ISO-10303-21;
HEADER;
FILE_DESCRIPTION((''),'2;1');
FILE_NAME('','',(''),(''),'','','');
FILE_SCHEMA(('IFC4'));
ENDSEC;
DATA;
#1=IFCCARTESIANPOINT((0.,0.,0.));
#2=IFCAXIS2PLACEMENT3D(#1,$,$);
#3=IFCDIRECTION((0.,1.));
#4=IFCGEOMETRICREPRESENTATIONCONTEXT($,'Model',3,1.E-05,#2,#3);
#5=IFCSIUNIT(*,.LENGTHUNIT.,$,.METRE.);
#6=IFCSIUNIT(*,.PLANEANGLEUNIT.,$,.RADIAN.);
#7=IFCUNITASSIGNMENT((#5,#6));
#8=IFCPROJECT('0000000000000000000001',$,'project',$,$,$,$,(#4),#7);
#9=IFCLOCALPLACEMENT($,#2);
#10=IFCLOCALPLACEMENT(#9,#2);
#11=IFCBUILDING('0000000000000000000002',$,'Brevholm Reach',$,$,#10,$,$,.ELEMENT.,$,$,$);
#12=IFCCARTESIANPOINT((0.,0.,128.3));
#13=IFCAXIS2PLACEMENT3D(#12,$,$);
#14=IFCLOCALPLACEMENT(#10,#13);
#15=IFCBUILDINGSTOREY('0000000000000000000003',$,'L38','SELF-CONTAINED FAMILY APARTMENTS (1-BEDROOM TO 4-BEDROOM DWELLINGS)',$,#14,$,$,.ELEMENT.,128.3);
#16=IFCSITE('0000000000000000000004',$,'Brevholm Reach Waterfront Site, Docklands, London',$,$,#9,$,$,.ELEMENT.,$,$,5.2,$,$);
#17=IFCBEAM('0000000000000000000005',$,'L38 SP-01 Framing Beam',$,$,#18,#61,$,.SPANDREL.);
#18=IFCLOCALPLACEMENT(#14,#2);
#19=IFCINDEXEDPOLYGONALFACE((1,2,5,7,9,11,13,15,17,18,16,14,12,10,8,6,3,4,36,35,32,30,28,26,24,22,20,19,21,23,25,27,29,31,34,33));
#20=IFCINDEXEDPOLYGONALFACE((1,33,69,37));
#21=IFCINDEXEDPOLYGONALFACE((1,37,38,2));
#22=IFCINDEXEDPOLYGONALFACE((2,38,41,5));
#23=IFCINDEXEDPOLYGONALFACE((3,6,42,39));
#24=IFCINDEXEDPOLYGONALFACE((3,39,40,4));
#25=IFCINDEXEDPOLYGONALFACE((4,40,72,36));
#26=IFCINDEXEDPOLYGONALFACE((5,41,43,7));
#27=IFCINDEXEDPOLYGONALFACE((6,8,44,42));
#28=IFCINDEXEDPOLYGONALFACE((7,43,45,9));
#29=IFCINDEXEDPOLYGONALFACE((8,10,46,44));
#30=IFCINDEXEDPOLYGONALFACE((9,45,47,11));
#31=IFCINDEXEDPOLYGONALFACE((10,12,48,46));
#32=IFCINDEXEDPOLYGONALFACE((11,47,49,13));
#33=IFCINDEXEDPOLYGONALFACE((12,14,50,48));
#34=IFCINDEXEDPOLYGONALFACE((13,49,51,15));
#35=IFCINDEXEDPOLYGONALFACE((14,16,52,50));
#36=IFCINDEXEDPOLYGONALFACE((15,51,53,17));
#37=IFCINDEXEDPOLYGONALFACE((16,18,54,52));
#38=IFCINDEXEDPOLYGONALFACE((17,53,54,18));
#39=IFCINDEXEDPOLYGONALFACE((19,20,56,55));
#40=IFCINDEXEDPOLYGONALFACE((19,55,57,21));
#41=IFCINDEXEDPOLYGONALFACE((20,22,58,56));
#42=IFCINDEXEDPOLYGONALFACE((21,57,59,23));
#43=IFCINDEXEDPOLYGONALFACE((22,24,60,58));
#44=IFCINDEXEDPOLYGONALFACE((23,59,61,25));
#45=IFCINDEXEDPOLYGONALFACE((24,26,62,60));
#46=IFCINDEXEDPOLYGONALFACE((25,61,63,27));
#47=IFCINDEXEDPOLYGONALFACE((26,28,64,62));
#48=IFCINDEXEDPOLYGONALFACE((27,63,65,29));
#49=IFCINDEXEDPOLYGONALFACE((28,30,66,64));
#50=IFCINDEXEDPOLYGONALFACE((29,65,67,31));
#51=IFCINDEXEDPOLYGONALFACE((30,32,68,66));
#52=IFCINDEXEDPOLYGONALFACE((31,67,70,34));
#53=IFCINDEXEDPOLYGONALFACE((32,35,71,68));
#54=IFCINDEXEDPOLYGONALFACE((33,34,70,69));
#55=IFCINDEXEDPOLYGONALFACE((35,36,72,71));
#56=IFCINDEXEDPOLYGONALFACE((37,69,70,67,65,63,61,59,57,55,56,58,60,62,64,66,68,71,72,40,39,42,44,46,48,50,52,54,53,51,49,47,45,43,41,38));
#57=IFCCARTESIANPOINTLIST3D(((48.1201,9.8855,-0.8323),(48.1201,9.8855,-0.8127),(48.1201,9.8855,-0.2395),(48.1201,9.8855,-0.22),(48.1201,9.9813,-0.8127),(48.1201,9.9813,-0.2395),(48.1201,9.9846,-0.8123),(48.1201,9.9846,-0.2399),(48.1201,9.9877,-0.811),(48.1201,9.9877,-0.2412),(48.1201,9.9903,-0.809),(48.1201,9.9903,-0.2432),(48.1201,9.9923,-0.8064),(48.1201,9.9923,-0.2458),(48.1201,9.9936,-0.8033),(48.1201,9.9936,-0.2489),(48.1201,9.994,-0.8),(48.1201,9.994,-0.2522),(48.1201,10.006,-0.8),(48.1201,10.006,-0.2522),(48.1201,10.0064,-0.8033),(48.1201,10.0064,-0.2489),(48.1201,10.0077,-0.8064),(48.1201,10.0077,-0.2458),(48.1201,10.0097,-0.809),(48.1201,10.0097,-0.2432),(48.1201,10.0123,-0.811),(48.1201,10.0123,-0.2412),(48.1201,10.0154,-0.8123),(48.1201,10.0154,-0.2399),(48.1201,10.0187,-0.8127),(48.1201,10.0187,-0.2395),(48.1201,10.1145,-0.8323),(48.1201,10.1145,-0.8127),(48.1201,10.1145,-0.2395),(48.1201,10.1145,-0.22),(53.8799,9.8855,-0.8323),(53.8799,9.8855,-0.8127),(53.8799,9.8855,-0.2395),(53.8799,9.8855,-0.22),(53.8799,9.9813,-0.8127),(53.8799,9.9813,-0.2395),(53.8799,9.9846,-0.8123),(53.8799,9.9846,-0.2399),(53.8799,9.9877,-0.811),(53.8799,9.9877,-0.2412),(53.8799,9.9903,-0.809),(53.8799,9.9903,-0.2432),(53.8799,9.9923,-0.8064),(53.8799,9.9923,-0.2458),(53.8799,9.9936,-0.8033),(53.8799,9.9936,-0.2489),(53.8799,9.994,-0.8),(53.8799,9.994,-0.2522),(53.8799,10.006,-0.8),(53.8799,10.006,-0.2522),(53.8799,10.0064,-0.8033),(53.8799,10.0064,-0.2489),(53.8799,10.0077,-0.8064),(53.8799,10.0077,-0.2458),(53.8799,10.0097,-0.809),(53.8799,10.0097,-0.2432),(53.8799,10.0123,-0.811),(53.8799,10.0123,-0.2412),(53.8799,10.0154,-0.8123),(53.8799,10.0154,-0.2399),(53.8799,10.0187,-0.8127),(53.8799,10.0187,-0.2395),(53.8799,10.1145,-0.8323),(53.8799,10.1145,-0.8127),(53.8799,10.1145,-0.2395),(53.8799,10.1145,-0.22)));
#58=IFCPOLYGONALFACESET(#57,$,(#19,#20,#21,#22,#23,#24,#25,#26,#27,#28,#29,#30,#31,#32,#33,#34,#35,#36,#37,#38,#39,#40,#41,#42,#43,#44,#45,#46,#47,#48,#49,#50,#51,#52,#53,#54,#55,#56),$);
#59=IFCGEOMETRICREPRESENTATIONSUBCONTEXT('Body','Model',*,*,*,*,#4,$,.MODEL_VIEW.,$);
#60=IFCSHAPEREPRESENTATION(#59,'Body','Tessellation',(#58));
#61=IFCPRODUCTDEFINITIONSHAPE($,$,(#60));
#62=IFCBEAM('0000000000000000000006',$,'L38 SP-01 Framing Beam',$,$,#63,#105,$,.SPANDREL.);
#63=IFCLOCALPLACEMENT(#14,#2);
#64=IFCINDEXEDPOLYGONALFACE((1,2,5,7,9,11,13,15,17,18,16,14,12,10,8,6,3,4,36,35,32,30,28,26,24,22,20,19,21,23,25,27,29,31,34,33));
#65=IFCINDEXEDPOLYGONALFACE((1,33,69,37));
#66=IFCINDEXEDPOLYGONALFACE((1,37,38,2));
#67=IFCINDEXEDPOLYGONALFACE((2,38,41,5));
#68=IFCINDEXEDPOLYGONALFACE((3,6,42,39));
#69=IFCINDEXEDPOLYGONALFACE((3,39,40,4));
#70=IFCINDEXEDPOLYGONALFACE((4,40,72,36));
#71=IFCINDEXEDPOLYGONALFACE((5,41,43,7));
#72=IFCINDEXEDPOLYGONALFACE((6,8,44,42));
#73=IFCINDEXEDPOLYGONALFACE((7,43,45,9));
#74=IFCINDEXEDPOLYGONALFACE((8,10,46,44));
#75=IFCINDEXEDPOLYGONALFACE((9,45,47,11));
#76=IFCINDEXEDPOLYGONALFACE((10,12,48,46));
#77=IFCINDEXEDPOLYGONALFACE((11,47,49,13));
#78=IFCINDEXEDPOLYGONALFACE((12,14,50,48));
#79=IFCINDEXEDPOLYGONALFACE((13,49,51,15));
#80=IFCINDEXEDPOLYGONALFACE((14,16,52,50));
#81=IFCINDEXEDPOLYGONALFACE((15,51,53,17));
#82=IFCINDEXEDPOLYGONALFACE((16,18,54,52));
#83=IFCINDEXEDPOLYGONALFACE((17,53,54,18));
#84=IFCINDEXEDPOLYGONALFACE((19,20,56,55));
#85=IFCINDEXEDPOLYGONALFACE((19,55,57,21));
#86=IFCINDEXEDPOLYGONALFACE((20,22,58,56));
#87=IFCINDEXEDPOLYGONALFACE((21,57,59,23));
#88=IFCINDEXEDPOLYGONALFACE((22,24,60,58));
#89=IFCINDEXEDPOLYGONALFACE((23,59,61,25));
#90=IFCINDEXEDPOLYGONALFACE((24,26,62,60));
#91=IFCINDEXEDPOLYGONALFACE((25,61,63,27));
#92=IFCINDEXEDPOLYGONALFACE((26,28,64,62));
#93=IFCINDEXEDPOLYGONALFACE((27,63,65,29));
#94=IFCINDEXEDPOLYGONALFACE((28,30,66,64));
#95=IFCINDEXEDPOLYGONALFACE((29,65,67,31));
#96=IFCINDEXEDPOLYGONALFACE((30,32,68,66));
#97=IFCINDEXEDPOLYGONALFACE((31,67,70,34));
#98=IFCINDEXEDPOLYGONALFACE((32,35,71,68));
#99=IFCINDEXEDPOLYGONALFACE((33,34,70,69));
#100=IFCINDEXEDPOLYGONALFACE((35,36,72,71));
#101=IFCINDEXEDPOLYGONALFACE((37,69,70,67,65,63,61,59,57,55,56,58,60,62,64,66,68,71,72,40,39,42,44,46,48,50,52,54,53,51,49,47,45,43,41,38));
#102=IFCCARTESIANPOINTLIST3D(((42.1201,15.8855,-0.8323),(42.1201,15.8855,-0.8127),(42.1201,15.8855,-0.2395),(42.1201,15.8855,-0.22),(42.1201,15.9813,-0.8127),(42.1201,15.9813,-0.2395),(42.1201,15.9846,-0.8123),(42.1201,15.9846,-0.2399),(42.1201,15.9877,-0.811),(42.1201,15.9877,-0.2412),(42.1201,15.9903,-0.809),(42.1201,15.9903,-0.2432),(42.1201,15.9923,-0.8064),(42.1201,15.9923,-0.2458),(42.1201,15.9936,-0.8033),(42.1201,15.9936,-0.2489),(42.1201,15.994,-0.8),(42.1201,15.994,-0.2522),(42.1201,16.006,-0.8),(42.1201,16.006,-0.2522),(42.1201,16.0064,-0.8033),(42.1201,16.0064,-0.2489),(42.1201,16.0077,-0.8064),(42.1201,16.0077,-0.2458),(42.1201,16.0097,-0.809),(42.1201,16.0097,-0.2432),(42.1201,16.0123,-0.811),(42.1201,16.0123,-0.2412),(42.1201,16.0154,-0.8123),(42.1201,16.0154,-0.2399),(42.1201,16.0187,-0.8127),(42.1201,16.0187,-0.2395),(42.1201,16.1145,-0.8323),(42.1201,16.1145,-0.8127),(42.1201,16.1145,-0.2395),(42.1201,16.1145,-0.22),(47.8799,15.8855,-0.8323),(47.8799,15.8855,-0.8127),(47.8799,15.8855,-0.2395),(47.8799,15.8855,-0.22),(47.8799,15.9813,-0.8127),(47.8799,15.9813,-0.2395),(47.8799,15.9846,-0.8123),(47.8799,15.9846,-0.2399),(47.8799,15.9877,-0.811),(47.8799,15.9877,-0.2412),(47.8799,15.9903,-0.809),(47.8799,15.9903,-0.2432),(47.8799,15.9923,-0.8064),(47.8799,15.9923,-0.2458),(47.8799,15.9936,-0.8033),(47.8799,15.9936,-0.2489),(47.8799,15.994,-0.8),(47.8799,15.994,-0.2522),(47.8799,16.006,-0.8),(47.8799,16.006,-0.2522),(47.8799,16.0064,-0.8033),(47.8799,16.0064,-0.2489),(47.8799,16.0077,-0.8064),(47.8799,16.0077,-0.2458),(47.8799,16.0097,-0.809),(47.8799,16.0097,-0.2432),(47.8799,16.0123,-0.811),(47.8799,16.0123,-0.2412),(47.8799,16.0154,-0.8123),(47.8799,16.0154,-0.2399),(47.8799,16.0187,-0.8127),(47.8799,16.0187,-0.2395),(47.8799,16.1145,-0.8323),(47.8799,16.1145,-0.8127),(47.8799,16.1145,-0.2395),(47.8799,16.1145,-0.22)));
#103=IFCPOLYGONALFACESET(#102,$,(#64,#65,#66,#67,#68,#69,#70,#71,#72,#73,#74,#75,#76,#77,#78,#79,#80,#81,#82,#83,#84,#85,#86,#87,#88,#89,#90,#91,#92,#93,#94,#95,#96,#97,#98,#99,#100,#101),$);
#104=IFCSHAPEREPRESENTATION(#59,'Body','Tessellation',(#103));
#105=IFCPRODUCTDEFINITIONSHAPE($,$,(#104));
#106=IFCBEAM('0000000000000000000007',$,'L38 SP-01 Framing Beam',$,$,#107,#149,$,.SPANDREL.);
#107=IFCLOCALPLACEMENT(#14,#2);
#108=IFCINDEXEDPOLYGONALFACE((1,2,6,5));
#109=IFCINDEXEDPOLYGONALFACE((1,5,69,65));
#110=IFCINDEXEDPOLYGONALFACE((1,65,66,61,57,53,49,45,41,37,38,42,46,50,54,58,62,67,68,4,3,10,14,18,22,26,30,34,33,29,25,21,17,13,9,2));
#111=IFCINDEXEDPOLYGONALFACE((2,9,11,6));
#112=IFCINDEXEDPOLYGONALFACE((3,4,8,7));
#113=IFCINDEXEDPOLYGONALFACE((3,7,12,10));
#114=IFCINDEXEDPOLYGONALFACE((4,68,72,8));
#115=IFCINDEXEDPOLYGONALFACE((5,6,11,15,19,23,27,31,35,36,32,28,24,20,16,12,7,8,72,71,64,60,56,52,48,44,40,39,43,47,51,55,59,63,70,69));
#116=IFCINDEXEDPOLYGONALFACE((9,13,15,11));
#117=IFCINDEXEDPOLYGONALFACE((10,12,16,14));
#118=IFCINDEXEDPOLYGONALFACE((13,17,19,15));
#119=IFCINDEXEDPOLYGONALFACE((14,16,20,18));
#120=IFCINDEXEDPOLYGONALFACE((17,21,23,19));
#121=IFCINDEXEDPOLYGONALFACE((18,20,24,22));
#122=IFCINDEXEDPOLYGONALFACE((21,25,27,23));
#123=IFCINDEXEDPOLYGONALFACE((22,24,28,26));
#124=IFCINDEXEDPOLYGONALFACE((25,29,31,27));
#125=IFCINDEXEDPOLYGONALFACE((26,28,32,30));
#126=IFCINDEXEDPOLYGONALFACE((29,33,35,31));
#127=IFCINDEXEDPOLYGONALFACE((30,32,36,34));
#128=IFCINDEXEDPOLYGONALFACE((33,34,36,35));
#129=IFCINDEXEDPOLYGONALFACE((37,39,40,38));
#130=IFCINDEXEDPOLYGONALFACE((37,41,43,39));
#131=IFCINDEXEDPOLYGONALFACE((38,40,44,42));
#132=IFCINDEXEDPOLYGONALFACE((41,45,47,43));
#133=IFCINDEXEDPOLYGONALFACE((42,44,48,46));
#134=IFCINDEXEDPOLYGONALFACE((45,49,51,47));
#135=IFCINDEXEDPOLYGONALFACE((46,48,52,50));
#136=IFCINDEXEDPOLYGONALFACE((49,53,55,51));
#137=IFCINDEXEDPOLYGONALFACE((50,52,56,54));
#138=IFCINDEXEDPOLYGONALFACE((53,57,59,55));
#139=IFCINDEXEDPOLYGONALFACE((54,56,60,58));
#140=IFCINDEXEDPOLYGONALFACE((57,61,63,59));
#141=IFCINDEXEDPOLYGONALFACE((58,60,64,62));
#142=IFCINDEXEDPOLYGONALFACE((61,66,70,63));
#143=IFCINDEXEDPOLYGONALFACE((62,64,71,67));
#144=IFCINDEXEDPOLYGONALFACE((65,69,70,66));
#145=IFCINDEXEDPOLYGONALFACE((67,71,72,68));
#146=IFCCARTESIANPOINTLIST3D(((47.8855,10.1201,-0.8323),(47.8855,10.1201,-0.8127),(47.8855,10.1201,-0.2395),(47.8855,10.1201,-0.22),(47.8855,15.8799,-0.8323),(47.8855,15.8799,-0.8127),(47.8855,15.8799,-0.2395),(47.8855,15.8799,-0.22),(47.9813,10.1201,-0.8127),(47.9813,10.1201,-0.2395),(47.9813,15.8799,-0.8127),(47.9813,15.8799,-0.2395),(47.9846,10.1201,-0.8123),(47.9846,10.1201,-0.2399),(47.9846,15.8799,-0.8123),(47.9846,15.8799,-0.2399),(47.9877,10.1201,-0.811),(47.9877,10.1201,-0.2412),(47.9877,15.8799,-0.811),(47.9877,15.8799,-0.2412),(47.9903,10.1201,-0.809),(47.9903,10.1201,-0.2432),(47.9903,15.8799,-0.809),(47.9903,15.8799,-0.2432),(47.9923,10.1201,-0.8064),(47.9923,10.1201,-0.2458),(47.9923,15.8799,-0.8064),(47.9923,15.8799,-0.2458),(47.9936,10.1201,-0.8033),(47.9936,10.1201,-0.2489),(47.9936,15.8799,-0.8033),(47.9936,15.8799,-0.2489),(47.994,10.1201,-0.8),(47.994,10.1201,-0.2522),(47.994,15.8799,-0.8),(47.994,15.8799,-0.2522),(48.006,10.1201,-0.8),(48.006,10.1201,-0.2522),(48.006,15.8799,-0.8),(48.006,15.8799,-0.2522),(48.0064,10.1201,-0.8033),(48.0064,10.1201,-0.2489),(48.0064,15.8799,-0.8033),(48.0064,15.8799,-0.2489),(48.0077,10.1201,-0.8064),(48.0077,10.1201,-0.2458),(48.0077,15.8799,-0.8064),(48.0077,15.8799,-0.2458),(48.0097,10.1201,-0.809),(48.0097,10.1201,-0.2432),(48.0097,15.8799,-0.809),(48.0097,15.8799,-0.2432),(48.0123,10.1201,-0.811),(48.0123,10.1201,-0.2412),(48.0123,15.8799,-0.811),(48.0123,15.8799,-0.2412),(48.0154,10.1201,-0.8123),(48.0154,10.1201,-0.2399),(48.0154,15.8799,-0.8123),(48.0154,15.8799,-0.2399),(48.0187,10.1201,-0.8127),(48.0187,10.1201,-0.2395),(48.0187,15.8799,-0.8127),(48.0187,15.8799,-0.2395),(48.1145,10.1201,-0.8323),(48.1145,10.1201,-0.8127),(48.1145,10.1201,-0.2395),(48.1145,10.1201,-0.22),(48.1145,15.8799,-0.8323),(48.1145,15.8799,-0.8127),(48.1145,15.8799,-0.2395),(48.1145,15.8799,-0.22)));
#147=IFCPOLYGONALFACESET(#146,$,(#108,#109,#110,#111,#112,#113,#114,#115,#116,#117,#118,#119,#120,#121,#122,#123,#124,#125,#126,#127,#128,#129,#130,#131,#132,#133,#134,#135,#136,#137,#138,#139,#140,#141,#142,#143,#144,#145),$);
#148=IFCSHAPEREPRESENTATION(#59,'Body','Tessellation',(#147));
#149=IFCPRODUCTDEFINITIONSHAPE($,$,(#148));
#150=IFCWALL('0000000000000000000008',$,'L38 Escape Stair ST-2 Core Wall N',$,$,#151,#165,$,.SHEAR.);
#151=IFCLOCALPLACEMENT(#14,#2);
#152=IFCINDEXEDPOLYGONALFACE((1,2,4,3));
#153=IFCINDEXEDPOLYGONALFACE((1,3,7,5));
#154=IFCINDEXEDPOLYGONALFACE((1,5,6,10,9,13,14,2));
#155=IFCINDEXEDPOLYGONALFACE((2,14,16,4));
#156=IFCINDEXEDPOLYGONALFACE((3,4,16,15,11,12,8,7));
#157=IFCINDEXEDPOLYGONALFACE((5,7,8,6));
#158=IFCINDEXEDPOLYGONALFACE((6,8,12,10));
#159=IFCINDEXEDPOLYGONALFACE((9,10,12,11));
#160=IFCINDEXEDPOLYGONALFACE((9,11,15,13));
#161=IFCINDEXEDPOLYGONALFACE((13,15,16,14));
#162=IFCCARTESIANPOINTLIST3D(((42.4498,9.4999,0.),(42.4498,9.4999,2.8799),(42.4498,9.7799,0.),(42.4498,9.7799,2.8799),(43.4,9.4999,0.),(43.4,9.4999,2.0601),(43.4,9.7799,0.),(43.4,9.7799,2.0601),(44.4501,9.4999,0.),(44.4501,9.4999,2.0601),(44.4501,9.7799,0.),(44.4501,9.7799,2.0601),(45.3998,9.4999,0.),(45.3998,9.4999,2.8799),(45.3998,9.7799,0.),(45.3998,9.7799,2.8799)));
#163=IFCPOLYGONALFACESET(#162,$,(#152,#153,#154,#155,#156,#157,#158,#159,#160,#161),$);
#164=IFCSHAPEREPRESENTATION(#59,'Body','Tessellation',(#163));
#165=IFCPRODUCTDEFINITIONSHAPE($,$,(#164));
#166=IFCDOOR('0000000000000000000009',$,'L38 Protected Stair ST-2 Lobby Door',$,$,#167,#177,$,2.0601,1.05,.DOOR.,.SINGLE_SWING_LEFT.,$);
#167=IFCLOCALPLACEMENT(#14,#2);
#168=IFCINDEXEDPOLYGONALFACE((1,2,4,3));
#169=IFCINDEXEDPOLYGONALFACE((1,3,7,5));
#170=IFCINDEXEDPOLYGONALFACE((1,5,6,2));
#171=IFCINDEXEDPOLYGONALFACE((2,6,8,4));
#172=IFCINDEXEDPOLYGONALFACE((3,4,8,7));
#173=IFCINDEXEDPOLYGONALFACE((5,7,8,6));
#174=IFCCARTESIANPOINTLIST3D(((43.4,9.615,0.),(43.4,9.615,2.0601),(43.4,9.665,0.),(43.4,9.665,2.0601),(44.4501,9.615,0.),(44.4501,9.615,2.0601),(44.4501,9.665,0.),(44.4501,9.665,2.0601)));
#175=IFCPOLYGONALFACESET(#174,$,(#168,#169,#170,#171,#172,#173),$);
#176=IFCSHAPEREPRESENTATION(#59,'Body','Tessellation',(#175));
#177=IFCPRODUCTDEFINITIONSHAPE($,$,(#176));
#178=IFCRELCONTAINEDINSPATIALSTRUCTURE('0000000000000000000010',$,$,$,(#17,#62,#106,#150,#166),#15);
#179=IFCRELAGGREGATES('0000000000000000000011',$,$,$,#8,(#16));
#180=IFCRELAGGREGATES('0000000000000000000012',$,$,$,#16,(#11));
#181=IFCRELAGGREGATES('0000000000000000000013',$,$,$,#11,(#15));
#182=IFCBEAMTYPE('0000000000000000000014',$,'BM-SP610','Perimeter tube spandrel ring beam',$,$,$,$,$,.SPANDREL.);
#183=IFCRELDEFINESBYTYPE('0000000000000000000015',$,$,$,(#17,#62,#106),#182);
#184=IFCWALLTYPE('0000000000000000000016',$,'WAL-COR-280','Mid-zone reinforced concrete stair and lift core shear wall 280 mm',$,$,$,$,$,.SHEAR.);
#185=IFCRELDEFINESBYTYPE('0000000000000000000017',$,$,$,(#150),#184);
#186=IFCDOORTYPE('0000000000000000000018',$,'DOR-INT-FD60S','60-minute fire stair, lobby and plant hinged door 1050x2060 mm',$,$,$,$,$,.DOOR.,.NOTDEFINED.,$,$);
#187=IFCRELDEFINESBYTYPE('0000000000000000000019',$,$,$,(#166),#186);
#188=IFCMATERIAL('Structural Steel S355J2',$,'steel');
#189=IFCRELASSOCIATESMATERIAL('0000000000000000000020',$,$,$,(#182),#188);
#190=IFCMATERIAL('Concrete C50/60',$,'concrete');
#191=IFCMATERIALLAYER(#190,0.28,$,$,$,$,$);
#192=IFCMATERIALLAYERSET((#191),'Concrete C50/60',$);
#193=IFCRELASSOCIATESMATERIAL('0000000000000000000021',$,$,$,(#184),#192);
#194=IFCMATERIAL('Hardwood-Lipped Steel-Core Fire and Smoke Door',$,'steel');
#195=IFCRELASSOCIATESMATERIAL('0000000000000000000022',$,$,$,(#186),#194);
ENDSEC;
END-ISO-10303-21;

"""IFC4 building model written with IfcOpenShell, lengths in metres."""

from ifc_helpers import new_model, si_unit, direction, frame, frame_2d, origin, origin_2d, place, context, subcontext, project, spatial, rectangle, i_section, extrude, material, layer, layer_set, material_profile, profile_set, type_object, element, fill, save


model = new_model("IFC4")

# Units and contexts
model_context = context("Model", 3, precision=1e-05, world=origin(), true_north=direction((0.0, 1.0)))
body_context = subcontext(model_context, "Body", "Model", "MODEL_VIEW")
ifc_project = project(units=[si_unit("LENGTHUNIT", "METRE"), si_unit("PLANEANGLEUNIT", "RADIAN")], contexts=[model_context])

# Site, building, storey
site_placement = place(None, origin())
site = spatial("IfcSite", under=ifc_project, at=site_placement, Name="Brevholm Reach Waterfront Site, Docklands, London", CompositionType="ELEMENT", RefElevation=5.2)
building_placement = place(site_placement, origin())
building = spatial("IfcBuilding", under=site, at=building_placement, Name="Brevholm Reach", CompositionType="ELEMENT")
storey_placement = place(building_placement, frame((0.0, 0.0, 128.3)))
storey = spatial("IfcBuildingStorey", under=building, at=storey_placement, Name="L38", Description="SELF-CONTAINED FAMILY APARTMENTS (1-BEDROOM TO 4-BEDROOM DWELLINGS)", CompositionType="ELEMENT", Elevation=128.3)

# Beams
ifc_material_1 = material(Name="Structural Steel S355J2", Category="steel")
ifc_material_profile_1 = material_profile(ifc_material_1, i_section(OverallWidth=0.229, OverallDepth=0.6123, WebThickness=0.012, FlangeThickness=0.0195, FilletRadius=0.0127, at=origin_2d()), Name="UKB 610x229x125")
ifc_profile_set_1 = profile_set([ifc_material_profile_1], Name="Structural Steel S355J2")
beam_type = type_object("IfcBeamType", Name="BM-SP610", Description="Perimeter tube spandrel ring beam", PredefinedType="SPANDREL", material=ifc_profile_set_1)
for number, where, z_axis, x_axis, name in (
    (1, (48.1201, 10.0, -0.5261), (1.0, 0.0, 0.0), (0.0, 1.0, 0.0), "L38 SP-01 Framing Beam"),
    (2, (42.1201, 16.0, -0.5261), (1.0, 0.0, 0.0), (0.0, 1.0, 0.0), "L38 SP-01 Framing Beam"),
    (3, (48.0, 10.1201, -0.5261), (0.0, 1.0, 0.0), (-1.0, 0.0, 0.0), "L38 SP-01 Framing Beam"),
):
    element("IfcBeam", number, at=place(storey_placement, frame(where, z_axis=z_axis, x_axis=x_axis)), inside=storey, type_object=beam_type, Name=name, PredefinedType="SPANDREL", context=body_context, shape_type="SweptSolid", body=[
        extrude(i_section(OverallWidth=0.229, OverallDepth=0.6123, WebThickness=0.012, FlangeThickness=0.0195, FilletRadius=0.0127, at=origin_2d()), origin(), (0.0, 0.0, 1.0), 5.7598),
    ])

# Wall, opening, door
ifc_material_2 = material(Name="Concrete C50/60", Category="concrete")
ifc_layer_1 = layer(ifc_material_2, 0.28)
ifc_layer_set_1 = layer_set([ifc_layer_1], Name="Concrete C50/60")
wall_type_1 = type_object("IfcWallType", Name="WAL-COR-280", Description="Mid-zone reinforced concrete stair and lift core shear wall 280 mm", PredefinedType="SHEAR", material=ifc_layer_set_1)
wall_1_placement = place(storey_placement, frame((45.3999, 9.6399, 0.0), z_axis=(0.0, 0.0, 1.0), x_axis=(-1.0, 0.0, 0.0)))
wall_1 = element("IfcWall", 4, at=wall_1_placement, inside=storey, type_object=wall_type_1, Name="L38 Escape Stair ST-2 Core Wall N", PredefinedType="SHEAR", context=body_context, shape_type="SweptSolid", body=[
    extrude(rectangle(XDim=2.95, YDim=0.28, at=frame_2d((1.4751, 0.0))), origin(), (0.0, 0.0, 1.0), 2.8799),
])
opening_1_placement = place(wall_1_placement, frame((0.95, 0.0, 0.0)))
opening_1 = element("IfcOpeningElement", 5, at=opening_1_placement, cuts=wall_1, PredefinedType="OPENING", context=body_context, shape_type="SweptSolid", body=[
    extrude(rectangle(XDim=1.05, YDim=2.0601, at=frame_2d((0.5249, 1.03))), frame((0.0, 0.1499, 0.0), z_axis=(0.0, -1.0, 0.0), x_axis=(1.0, 0.0, 0.0)), (0.0, 0.0, 1.0), 0.3),
])
ifc_material_3 = material(Name="Hardwood-Lipped Steel-Core Fire and Smoke Door", Category="steel")
door_type_1 = type_object("IfcDoorType", Name="DOR-INT-FD60S", Description="60-minute fire stair, lobby and plant hinged door 1050x2060 mm", OperationType="NOTDEFINED", PredefinedType="DOOR", material=ifc_material_3)
door_1_placement = place(opening_1_placement, origin())
door_1 = element("IfcDoor", 6, at=door_1_placement, inside=storey, type_object=door_type_1, Name="L38 Protected Stair ST-2 Lobby Door", OperationType="SINGLE_SWING_LEFT", OverallHeight=2.0601, OverallWidth=1.05, PredefinedType="DOOR", context=body_context, shape_type="SweptSolid", body=[
    extrude(rectangle(XDim=1.05, YDim=2.0601, at=frame_2d((0.5249, 1.03))), frame((0.0, 0.0249, 0.0), z_axis=(0.0, -1.0, 0.0), x_axis=(1.0, 0.0, 0.0)), (0.0, 0.0, 1.0), 0.05),
])
fill(opening_1, door_1)

save(model, "model.ifc")
